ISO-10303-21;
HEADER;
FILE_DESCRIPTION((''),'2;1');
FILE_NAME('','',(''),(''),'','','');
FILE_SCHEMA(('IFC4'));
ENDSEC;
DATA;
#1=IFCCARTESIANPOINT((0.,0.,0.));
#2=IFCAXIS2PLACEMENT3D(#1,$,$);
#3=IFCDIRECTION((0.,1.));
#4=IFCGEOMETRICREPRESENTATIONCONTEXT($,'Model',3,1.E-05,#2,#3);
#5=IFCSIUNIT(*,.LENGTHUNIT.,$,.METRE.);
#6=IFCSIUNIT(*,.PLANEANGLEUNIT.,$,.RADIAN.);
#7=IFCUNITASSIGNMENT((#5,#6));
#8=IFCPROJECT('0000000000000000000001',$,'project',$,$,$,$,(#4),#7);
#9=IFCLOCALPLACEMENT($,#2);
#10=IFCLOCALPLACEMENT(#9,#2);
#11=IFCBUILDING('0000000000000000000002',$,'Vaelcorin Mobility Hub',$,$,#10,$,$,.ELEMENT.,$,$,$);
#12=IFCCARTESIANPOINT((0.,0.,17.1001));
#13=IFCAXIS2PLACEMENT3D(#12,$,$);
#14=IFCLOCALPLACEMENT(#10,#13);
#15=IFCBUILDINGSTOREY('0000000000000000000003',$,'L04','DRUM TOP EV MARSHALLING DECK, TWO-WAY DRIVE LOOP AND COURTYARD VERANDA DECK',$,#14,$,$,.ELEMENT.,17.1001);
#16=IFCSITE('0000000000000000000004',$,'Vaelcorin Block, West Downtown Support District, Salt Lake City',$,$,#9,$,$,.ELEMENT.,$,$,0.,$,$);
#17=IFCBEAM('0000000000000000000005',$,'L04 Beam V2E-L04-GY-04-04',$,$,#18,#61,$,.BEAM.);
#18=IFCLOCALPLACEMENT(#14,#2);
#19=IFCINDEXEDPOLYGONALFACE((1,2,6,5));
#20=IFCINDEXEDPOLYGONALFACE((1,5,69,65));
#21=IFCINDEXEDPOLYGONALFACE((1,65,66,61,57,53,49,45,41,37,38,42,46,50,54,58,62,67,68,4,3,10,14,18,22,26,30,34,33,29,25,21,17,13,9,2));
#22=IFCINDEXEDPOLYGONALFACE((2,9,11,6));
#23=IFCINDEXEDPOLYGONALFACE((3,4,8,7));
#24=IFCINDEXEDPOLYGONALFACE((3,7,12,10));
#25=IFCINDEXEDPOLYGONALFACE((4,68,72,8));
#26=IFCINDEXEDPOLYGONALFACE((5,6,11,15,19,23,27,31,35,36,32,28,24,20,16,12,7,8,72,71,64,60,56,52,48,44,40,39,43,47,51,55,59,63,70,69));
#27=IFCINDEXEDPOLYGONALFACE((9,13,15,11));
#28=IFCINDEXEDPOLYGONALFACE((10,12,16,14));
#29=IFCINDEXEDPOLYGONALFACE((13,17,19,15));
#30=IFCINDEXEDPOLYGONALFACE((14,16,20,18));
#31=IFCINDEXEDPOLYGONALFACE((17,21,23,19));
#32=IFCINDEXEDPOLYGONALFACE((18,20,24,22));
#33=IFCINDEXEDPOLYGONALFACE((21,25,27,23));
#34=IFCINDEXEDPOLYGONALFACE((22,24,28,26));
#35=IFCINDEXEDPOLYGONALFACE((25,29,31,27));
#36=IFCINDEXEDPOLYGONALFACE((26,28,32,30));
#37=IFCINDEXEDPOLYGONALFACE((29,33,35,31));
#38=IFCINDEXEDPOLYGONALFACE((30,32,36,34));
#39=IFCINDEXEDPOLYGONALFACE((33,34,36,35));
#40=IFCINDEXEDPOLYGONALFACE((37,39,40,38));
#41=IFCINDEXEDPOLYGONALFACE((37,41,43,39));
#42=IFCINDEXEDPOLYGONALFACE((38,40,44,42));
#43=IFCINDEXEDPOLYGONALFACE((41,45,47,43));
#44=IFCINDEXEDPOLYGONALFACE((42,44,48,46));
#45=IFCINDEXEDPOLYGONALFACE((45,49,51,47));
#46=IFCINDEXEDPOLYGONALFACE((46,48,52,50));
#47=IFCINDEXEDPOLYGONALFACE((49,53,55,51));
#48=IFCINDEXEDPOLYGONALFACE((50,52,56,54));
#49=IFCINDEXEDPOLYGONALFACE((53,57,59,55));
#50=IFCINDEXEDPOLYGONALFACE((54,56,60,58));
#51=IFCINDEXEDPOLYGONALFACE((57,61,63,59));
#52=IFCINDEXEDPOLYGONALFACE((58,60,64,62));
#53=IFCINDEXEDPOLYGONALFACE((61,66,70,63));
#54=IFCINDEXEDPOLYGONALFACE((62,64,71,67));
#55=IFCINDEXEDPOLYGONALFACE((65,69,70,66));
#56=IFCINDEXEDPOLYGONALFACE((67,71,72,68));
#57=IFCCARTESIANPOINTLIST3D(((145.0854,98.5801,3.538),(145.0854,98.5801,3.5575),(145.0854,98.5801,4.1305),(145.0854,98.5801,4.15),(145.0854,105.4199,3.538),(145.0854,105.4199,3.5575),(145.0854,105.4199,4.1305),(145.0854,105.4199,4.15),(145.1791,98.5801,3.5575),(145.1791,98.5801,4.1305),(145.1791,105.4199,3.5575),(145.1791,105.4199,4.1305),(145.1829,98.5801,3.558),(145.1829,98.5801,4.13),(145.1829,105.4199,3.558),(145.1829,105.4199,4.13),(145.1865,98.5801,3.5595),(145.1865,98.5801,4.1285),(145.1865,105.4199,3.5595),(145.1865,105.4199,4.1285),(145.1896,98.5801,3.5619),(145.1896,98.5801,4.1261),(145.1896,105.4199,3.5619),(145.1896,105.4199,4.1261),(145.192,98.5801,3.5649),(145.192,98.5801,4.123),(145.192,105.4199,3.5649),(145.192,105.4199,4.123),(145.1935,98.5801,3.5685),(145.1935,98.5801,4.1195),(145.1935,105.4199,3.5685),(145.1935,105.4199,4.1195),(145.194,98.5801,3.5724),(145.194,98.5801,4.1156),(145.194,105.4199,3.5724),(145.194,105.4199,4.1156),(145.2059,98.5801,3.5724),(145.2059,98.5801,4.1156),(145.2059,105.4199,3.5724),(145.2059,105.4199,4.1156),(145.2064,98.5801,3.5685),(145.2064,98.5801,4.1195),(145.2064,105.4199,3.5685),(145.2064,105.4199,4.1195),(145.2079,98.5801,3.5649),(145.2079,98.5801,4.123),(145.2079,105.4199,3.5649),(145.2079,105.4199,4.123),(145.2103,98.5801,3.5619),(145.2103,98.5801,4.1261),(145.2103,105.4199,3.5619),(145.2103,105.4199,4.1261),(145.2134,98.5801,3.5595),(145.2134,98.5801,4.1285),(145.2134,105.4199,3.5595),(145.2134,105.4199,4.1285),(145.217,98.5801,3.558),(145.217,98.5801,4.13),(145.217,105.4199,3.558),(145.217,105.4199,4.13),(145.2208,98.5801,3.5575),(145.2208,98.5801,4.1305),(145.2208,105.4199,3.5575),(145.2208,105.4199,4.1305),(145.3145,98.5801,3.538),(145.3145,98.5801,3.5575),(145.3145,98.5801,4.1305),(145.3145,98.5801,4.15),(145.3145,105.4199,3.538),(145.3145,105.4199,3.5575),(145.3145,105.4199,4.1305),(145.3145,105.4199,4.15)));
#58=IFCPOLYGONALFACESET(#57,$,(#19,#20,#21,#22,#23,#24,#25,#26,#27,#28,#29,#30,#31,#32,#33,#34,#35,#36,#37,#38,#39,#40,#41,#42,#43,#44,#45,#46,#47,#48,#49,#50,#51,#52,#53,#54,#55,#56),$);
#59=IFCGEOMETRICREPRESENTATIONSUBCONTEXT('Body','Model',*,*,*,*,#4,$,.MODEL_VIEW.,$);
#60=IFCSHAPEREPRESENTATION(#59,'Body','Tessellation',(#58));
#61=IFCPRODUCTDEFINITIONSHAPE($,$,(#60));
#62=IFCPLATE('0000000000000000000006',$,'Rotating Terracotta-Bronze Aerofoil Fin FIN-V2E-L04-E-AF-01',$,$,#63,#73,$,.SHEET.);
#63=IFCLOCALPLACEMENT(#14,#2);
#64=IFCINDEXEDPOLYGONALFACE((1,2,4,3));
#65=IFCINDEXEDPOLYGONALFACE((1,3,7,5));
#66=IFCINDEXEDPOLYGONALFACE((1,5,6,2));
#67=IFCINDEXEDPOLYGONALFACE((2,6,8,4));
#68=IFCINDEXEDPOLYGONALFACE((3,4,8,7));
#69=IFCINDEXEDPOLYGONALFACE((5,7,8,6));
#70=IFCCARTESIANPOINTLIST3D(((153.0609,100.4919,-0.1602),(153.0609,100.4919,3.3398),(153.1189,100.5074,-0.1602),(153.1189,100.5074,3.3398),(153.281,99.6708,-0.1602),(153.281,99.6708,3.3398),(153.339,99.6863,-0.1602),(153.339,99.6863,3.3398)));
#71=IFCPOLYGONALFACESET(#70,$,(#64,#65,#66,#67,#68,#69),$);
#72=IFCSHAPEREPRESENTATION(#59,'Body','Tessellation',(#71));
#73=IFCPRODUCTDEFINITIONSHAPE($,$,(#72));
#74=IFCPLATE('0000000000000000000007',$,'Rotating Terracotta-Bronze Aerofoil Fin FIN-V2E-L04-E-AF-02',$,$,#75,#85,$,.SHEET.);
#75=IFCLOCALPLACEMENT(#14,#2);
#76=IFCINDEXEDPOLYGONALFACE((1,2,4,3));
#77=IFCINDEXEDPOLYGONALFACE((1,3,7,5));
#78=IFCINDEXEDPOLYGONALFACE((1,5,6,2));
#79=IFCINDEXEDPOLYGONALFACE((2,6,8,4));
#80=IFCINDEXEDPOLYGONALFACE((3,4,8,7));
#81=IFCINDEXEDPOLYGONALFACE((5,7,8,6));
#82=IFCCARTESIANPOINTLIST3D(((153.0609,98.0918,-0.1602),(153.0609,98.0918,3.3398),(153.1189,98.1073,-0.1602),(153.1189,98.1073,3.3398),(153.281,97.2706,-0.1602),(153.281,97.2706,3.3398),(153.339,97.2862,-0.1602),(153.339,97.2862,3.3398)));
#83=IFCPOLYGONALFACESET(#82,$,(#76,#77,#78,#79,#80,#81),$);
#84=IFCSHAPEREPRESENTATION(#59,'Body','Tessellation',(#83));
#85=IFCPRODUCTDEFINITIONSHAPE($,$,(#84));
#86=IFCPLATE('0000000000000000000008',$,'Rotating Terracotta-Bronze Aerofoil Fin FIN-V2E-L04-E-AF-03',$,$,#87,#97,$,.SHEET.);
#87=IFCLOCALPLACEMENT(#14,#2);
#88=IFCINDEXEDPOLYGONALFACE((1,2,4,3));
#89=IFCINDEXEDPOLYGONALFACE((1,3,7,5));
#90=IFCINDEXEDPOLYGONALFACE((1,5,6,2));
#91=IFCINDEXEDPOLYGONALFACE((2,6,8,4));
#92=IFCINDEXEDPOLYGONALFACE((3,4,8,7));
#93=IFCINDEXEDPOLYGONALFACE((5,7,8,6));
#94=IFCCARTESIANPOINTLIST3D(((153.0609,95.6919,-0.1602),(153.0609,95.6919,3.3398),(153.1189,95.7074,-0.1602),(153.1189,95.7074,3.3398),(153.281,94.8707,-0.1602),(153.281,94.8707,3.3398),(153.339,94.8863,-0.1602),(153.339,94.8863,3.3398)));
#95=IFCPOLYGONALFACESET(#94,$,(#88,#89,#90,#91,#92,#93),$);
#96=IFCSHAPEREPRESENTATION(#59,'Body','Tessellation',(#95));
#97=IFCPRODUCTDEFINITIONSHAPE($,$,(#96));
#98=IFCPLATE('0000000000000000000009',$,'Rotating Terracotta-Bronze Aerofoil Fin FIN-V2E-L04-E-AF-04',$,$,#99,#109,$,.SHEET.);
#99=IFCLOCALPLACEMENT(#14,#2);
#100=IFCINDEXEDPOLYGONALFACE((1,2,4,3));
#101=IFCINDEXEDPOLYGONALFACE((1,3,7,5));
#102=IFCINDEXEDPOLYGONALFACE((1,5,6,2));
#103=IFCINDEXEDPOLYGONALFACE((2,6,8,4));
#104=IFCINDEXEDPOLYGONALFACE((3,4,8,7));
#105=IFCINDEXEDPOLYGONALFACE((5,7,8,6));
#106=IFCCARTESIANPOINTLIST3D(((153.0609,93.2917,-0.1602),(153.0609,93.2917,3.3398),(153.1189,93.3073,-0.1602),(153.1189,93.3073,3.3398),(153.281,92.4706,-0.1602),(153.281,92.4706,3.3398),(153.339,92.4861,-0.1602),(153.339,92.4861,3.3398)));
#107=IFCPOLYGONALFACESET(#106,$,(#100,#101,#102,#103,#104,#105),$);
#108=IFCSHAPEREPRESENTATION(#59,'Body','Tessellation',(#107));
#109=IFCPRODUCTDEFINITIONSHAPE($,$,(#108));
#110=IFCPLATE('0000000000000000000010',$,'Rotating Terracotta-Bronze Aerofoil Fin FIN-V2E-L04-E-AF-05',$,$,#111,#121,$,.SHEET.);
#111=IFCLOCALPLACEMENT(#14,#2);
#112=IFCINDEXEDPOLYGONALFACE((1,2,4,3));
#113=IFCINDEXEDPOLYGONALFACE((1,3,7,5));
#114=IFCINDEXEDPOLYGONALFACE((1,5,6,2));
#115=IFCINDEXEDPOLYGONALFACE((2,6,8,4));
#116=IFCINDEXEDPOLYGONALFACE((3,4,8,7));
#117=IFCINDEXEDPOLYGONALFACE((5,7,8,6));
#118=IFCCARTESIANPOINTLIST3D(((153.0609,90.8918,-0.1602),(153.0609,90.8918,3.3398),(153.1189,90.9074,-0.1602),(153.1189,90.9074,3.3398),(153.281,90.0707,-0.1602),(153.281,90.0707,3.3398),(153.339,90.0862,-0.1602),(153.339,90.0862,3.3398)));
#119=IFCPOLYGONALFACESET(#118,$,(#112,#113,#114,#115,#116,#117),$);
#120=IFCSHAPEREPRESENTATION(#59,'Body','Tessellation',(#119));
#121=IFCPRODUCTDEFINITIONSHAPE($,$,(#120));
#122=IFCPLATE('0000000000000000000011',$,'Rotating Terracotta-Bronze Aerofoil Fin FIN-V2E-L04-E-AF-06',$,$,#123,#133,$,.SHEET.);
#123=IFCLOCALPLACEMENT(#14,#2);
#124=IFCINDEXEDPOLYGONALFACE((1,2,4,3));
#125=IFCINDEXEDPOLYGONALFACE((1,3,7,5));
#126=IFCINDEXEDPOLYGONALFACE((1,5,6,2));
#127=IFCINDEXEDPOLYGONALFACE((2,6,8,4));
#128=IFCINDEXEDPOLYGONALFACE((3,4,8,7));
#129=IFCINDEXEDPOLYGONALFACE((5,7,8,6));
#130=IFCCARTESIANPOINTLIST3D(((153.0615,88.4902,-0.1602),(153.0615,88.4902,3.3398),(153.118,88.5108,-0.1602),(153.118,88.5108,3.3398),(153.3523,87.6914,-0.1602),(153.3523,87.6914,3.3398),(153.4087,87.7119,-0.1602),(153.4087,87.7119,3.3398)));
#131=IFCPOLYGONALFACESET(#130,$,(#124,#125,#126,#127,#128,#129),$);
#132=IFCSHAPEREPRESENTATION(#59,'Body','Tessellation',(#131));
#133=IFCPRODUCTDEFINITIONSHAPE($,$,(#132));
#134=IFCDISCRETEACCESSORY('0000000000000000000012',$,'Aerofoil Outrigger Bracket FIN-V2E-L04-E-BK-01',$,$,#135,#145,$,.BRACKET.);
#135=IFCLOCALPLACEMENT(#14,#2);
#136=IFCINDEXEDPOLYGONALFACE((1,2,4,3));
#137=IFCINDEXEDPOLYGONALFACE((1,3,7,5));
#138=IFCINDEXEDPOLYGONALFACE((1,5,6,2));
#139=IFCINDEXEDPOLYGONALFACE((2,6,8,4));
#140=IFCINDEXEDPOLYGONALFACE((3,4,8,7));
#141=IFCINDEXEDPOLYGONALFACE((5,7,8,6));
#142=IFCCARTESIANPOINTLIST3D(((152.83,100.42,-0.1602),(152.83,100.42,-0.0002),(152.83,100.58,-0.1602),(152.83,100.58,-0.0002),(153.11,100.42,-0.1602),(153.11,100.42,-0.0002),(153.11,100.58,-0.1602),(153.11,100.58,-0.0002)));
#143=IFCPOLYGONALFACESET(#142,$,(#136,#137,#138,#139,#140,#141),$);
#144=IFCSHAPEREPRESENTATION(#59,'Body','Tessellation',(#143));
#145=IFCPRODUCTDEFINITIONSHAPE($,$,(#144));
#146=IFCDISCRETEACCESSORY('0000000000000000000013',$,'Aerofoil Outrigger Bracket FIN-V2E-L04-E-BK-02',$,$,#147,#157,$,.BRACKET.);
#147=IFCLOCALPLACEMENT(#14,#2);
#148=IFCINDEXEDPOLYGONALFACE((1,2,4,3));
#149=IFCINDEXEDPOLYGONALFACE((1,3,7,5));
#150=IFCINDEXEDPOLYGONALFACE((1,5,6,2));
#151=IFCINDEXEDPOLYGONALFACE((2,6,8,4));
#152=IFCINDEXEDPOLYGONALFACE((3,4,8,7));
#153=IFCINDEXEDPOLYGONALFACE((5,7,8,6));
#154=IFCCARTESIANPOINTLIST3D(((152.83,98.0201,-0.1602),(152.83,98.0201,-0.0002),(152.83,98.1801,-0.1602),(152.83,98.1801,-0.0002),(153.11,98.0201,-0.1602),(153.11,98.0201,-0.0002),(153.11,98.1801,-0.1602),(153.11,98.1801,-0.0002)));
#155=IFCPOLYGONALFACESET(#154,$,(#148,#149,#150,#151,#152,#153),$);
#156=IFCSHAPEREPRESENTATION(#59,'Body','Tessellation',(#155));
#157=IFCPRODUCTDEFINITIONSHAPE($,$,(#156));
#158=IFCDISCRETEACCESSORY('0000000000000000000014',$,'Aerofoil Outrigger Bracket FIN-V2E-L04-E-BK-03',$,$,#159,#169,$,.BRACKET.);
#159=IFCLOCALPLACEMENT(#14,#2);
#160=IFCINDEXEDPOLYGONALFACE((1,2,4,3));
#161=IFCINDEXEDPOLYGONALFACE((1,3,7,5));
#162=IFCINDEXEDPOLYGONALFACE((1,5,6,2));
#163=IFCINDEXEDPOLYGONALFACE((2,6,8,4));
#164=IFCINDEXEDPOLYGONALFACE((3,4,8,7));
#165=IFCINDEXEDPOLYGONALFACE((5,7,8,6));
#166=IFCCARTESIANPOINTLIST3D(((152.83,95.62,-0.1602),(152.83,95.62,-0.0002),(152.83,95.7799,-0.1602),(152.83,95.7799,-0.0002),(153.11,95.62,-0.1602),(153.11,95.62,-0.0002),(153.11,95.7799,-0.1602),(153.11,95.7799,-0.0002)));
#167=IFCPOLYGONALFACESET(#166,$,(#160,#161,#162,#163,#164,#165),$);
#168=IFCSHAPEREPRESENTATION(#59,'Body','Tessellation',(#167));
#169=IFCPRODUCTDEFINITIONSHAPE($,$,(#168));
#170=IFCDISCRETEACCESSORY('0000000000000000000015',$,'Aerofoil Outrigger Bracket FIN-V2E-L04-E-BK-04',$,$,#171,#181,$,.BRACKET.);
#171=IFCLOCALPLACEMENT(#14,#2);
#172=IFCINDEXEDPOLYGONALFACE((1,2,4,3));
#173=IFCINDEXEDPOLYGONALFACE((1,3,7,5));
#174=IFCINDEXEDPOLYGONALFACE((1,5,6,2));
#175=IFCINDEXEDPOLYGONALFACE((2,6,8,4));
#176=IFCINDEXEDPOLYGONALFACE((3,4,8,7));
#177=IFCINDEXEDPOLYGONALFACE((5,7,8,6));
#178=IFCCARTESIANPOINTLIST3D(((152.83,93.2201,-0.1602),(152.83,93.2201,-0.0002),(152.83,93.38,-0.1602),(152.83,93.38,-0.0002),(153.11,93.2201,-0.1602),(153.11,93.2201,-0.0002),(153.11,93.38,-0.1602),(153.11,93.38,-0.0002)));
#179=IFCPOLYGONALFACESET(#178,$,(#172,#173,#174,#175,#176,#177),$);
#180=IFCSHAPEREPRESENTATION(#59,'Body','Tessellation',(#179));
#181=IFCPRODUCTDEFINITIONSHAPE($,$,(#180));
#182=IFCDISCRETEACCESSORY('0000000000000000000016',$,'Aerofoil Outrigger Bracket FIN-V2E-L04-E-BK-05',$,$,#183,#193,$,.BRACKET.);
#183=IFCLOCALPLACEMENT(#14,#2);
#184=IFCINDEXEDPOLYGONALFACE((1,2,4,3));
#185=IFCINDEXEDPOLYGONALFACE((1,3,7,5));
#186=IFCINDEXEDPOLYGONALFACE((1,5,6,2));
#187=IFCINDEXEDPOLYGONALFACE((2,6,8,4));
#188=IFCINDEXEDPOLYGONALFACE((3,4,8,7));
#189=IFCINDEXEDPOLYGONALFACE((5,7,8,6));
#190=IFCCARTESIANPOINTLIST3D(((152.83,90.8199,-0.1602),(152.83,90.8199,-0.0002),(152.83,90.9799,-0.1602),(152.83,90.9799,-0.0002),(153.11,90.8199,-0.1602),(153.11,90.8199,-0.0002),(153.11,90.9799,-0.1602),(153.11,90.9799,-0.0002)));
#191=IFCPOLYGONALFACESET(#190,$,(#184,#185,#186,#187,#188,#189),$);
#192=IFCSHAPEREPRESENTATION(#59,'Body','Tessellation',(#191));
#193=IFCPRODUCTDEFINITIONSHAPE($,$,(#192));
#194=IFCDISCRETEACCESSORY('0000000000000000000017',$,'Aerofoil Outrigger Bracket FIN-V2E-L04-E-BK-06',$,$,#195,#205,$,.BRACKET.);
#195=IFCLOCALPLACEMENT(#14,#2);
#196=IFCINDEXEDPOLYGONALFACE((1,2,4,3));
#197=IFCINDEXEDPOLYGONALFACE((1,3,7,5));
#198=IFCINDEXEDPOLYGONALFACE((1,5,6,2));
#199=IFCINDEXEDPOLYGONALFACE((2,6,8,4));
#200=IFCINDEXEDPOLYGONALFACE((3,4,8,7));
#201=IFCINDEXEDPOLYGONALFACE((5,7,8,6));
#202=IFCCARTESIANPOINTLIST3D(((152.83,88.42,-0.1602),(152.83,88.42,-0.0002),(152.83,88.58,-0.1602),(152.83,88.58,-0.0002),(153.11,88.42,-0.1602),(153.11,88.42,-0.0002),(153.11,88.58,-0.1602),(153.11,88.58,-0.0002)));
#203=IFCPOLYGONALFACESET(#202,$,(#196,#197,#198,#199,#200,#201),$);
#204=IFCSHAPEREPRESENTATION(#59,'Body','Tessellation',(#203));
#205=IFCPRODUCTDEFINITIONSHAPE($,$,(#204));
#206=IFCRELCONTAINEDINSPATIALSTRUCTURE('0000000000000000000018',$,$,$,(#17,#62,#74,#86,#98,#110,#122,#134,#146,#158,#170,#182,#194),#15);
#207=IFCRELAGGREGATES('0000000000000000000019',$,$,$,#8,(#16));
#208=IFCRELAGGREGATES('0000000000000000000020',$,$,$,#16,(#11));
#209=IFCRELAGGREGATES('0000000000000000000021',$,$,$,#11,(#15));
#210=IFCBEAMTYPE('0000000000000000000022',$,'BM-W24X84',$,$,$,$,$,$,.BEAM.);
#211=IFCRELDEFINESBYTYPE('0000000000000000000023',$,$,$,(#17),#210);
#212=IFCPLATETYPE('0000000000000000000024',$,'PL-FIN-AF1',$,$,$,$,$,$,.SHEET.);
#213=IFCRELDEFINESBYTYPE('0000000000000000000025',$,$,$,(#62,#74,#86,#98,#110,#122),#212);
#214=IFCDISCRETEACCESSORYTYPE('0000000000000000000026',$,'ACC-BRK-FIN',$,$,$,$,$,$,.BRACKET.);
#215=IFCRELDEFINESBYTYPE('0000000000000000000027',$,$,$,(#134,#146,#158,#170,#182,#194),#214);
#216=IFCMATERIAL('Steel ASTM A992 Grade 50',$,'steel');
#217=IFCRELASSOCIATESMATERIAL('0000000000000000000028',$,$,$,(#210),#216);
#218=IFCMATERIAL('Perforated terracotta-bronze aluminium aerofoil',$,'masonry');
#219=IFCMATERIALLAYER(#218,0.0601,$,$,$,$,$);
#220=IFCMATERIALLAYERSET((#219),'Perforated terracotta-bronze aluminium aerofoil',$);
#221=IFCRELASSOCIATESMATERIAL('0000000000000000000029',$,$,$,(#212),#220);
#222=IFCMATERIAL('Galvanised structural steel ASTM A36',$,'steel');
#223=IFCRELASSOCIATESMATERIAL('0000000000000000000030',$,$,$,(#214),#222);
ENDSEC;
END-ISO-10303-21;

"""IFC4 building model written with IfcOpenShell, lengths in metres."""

from ifc_helpers import new_model, si_unit, direction, frame, origin, origin_2d, place, context, subcontext, project, spatial, rectangle, i_section, extrude, material, layer, layer_set, material_profile, profile_set, type_object, element, save


model = new_model("IFC4")

# Units and contexts
model_context = context("Model", 3, precision=1e-05, world=origin(), true_north=direction((0.0, 1.0)))
body_context = subcontext(model_context, "Body", "Model", "MODEL_VIEW")
ifc_project = project(units=[si_unit("LENGTHUNIT", "METRE"), si_unit("PLANEANGLEUNIT", "RADIAN")], contexts=[model_context])

# Site, building, storey
site_placement = place(None, origin())
site = spatial("IfcSite", under=ifc_project, at=site_placement, Name="Vaelcorin Block, West Downtown Support District, Salt Lake City", CompositionType="ELEMENT", RefElevation=0.0)
building_placement = place(site_placement, origin())
building = spatial("IfcBuilding", under=site, at=building_placement, Name="Vaelcorin Mobility Hub", CompositionType="ELEMENT")
storey_placement = place(building_placement, frame((0.0, 0.0, 17.1001)))
storey = spatial("IfcBuildingStorey", under=building, at=storey_placement, Name="L04", Description="DRUM TOP EV MARSHALLING DECK, TWO-WAY DRIVE LOOP AND COURTYARD VERANDA DECK", CompositionType="ELEMENT", Elevation=17.1001)

# Shared definitions
ifc_material_1 = material(Name="Steel ASTM A992 Grade 50", Category="steel")

# Beam
ifc_material_profile_1 = material_profile(ifc_material_1, i_section(OverallWidth=0.229, OverallDepth=0.6121, WebThickness=0.012, FlangeThickness=0.0195, FilletRadius=0.0149, at=origin_2d()), Name="W24X84")
ifc_profile_set_1 = profile_set([ifc_material_profile_1], Name="Steel ASTM A992 Grade 50")
beam_type_1 = type_object("IfcBeamType", Name="BM-W24X84", PredefinedType="BEAM", material=ifc_profile_set_1)
beam_1_placement = place(storey_placement, frame((145.2, 98.5801, 3.844), z_axis=(0.0, 1.0, 0.0), x_axis=(-1.0, 0.0, 0.0)))
element("IfcBeam", 1, at=beam_1_placement, inside=storey, type_object=beam_type_1, Name="L04 Beam V2E-L04-GY-04-04", PredefinedType="BEAM", context=body_context, shape_type="SweptSolid", body=[
    extrude(i_section(OverallWidth=0.229, OverallDepth=0.6121, WebThickness=0.012, FlangeThickness=0.0195, FilletRadius=0.0149, at=origin_2d()), origin(), (0.0, 0.0, 1.0), 6.8398),
])

# Plates
ifc_material_2 = material(Name="Perforated terracotta-bronze aluminium aerofoil", Category="masonry")
ifc_layer_1 = layer(ifc_material_2, 0.0601)
ifc_layer_set_1 = layer_set([ifc_layer_1], Name="Perforated terracotta-bronze aluminium aerofoil")
plate_type = type_object("IfcPlateType", Name="PL-FIN-AF1", PredefinedType="SHEET", material=ifc_layer_set_1)
for number, where, z_axis, x_axis, name in (
    (2, (153.2, 100.0891, -0.1602), (0.0, 0.0, 1.0), (0.258819, -0.965926, 0.0), "Rotating Terracotta-Bronze Aerofoil Fin FIN-V2E-L04-E-AF-01"),
    (3, (153.2, 97.689, -0.1602), (0.0, 0.0, 1.0), (0.258819, -0.965926, 0.0), "Rotating Terracotta-Bronze Aerofoil Fin FIN-V2E-L04-E-AF-02"),
    (4, (153.2, 95.2891, -0.1602), (0.0, 0.0, 1.0), (0.258819, -0.965926, 0.0), "Rotating Terracotta-Bronze Aerofoil Fin FIN-V2E-L04-E-AF-03"),
    (5, (153.2, 92.8889, -0.1602), (0.0, 0.0, 1.0), (0.258819, -0.965926, 0.0), "Rotating Terracotta-Bronze Aerofoil Fin FIN-V2E-L04-E-AF-04"),
    (6, (153.2, 90.489, -0.1602), (0.0, 0.0, 1.0), (0.258819, -0.965926, 0.0), "Rotating Terracotta-Bronze Aerofoil Fin FIN-V2E-L04-E-AF-05"),
    (7, (153.2351, 88.1011, -0.1602), (0.0, 0.0, 1.0), (0.34202, -0.939693, 0.0), "Rotating Terracotta-Bronze Aerofoil Fin FIN-V2E-L04-E-AF-06"),
):
    element("IfcPlate", number, at=place(storey_placement, frame(where, z_axis=z_axis, x_axis=x_axis)), inside=storey, type_object=plate_type, Name=name, PredefinedType="SHEET", context=body_context, shape_type="SweptSolid", body=[
        extrude(rectangle(XDim=0.8501, YDim=0.0601, at=origin_2d()), origin(), (0.0, 0.0, 1.0), 3.5),
    ])

# Shared definitions
ifc_material_3 = material(Name="Galvanised structural steel ASTM A36", Category="steel")

# Discrete accessories
discrete_accessory_type = type_object("IfcDiscreteAccessoryType", Name="ACC-BRK-FIN", PredefinedType="BRACKET", material=ifc_material_3)
for number, where, z_axis, x_axis, name in (
    (8, (152.97, 100.5, -0.1602), (0.0, 0.0, 1.0), (1.0, 0.0, 0.0), "Aerofoil Outrigger Bracket FIN-V2E-L04-E-BK-01"),
    (9, (152.97, 98.1001, -0.1602), (0.0, 0.0, 1.0), (1.0, 0.0, 0.0), "Aerofoil Outrigger Bracket FIN-V2E-L04-E-BK-02"),
    (10, (152.97, 95.7, -0.1602), (0.0, 0.0, 1.0), (1.0, 0.0, 0.0), "Aerofoil Outrigger Bracket FIN-V2E-L04-E-BK-03"),
    (11, (152.97, 93.3, -0.1602), (0.0, 0.0, 1.0), (1.0, 0.0, 0.0), "Aerofoil Outrigger Bracket FIN-V2E-L04-E-BK-04"),
    (12, (152.97, 90.8999, -0.1602), (0.0, 0.0, 1.0), (1.0, 0.0, 0.0), "Aerofoil Outrigger Bracket FIN-V2E-L04-E-BK-05"),
    (13, (152.97, 88.5, -0.1602), (0.0, 0.0, 1.0), (1.0, 0.0, 0.0), "Aerofoil Outrigger Bracket FIN-V2E-L04-E-BK-06"),
):
    element("IfcDiscreteAccessory", number, at=place(storey_placement, frame(where, z_axis=z_axis, x_axis=x_axis)), inside=storey, type_object=discrete_accessory_type, Name=name, PredefinedType="BRACKET", context=body_context, shape_type="SweptSolid", body=[
        extrude(rectangle(XDim=0.28, YDim=0.1599, at=origin_2d()), origin(), (0.0, 0.0, 1.0), 0.1599),
    ])

save(model, "model.ifc")
